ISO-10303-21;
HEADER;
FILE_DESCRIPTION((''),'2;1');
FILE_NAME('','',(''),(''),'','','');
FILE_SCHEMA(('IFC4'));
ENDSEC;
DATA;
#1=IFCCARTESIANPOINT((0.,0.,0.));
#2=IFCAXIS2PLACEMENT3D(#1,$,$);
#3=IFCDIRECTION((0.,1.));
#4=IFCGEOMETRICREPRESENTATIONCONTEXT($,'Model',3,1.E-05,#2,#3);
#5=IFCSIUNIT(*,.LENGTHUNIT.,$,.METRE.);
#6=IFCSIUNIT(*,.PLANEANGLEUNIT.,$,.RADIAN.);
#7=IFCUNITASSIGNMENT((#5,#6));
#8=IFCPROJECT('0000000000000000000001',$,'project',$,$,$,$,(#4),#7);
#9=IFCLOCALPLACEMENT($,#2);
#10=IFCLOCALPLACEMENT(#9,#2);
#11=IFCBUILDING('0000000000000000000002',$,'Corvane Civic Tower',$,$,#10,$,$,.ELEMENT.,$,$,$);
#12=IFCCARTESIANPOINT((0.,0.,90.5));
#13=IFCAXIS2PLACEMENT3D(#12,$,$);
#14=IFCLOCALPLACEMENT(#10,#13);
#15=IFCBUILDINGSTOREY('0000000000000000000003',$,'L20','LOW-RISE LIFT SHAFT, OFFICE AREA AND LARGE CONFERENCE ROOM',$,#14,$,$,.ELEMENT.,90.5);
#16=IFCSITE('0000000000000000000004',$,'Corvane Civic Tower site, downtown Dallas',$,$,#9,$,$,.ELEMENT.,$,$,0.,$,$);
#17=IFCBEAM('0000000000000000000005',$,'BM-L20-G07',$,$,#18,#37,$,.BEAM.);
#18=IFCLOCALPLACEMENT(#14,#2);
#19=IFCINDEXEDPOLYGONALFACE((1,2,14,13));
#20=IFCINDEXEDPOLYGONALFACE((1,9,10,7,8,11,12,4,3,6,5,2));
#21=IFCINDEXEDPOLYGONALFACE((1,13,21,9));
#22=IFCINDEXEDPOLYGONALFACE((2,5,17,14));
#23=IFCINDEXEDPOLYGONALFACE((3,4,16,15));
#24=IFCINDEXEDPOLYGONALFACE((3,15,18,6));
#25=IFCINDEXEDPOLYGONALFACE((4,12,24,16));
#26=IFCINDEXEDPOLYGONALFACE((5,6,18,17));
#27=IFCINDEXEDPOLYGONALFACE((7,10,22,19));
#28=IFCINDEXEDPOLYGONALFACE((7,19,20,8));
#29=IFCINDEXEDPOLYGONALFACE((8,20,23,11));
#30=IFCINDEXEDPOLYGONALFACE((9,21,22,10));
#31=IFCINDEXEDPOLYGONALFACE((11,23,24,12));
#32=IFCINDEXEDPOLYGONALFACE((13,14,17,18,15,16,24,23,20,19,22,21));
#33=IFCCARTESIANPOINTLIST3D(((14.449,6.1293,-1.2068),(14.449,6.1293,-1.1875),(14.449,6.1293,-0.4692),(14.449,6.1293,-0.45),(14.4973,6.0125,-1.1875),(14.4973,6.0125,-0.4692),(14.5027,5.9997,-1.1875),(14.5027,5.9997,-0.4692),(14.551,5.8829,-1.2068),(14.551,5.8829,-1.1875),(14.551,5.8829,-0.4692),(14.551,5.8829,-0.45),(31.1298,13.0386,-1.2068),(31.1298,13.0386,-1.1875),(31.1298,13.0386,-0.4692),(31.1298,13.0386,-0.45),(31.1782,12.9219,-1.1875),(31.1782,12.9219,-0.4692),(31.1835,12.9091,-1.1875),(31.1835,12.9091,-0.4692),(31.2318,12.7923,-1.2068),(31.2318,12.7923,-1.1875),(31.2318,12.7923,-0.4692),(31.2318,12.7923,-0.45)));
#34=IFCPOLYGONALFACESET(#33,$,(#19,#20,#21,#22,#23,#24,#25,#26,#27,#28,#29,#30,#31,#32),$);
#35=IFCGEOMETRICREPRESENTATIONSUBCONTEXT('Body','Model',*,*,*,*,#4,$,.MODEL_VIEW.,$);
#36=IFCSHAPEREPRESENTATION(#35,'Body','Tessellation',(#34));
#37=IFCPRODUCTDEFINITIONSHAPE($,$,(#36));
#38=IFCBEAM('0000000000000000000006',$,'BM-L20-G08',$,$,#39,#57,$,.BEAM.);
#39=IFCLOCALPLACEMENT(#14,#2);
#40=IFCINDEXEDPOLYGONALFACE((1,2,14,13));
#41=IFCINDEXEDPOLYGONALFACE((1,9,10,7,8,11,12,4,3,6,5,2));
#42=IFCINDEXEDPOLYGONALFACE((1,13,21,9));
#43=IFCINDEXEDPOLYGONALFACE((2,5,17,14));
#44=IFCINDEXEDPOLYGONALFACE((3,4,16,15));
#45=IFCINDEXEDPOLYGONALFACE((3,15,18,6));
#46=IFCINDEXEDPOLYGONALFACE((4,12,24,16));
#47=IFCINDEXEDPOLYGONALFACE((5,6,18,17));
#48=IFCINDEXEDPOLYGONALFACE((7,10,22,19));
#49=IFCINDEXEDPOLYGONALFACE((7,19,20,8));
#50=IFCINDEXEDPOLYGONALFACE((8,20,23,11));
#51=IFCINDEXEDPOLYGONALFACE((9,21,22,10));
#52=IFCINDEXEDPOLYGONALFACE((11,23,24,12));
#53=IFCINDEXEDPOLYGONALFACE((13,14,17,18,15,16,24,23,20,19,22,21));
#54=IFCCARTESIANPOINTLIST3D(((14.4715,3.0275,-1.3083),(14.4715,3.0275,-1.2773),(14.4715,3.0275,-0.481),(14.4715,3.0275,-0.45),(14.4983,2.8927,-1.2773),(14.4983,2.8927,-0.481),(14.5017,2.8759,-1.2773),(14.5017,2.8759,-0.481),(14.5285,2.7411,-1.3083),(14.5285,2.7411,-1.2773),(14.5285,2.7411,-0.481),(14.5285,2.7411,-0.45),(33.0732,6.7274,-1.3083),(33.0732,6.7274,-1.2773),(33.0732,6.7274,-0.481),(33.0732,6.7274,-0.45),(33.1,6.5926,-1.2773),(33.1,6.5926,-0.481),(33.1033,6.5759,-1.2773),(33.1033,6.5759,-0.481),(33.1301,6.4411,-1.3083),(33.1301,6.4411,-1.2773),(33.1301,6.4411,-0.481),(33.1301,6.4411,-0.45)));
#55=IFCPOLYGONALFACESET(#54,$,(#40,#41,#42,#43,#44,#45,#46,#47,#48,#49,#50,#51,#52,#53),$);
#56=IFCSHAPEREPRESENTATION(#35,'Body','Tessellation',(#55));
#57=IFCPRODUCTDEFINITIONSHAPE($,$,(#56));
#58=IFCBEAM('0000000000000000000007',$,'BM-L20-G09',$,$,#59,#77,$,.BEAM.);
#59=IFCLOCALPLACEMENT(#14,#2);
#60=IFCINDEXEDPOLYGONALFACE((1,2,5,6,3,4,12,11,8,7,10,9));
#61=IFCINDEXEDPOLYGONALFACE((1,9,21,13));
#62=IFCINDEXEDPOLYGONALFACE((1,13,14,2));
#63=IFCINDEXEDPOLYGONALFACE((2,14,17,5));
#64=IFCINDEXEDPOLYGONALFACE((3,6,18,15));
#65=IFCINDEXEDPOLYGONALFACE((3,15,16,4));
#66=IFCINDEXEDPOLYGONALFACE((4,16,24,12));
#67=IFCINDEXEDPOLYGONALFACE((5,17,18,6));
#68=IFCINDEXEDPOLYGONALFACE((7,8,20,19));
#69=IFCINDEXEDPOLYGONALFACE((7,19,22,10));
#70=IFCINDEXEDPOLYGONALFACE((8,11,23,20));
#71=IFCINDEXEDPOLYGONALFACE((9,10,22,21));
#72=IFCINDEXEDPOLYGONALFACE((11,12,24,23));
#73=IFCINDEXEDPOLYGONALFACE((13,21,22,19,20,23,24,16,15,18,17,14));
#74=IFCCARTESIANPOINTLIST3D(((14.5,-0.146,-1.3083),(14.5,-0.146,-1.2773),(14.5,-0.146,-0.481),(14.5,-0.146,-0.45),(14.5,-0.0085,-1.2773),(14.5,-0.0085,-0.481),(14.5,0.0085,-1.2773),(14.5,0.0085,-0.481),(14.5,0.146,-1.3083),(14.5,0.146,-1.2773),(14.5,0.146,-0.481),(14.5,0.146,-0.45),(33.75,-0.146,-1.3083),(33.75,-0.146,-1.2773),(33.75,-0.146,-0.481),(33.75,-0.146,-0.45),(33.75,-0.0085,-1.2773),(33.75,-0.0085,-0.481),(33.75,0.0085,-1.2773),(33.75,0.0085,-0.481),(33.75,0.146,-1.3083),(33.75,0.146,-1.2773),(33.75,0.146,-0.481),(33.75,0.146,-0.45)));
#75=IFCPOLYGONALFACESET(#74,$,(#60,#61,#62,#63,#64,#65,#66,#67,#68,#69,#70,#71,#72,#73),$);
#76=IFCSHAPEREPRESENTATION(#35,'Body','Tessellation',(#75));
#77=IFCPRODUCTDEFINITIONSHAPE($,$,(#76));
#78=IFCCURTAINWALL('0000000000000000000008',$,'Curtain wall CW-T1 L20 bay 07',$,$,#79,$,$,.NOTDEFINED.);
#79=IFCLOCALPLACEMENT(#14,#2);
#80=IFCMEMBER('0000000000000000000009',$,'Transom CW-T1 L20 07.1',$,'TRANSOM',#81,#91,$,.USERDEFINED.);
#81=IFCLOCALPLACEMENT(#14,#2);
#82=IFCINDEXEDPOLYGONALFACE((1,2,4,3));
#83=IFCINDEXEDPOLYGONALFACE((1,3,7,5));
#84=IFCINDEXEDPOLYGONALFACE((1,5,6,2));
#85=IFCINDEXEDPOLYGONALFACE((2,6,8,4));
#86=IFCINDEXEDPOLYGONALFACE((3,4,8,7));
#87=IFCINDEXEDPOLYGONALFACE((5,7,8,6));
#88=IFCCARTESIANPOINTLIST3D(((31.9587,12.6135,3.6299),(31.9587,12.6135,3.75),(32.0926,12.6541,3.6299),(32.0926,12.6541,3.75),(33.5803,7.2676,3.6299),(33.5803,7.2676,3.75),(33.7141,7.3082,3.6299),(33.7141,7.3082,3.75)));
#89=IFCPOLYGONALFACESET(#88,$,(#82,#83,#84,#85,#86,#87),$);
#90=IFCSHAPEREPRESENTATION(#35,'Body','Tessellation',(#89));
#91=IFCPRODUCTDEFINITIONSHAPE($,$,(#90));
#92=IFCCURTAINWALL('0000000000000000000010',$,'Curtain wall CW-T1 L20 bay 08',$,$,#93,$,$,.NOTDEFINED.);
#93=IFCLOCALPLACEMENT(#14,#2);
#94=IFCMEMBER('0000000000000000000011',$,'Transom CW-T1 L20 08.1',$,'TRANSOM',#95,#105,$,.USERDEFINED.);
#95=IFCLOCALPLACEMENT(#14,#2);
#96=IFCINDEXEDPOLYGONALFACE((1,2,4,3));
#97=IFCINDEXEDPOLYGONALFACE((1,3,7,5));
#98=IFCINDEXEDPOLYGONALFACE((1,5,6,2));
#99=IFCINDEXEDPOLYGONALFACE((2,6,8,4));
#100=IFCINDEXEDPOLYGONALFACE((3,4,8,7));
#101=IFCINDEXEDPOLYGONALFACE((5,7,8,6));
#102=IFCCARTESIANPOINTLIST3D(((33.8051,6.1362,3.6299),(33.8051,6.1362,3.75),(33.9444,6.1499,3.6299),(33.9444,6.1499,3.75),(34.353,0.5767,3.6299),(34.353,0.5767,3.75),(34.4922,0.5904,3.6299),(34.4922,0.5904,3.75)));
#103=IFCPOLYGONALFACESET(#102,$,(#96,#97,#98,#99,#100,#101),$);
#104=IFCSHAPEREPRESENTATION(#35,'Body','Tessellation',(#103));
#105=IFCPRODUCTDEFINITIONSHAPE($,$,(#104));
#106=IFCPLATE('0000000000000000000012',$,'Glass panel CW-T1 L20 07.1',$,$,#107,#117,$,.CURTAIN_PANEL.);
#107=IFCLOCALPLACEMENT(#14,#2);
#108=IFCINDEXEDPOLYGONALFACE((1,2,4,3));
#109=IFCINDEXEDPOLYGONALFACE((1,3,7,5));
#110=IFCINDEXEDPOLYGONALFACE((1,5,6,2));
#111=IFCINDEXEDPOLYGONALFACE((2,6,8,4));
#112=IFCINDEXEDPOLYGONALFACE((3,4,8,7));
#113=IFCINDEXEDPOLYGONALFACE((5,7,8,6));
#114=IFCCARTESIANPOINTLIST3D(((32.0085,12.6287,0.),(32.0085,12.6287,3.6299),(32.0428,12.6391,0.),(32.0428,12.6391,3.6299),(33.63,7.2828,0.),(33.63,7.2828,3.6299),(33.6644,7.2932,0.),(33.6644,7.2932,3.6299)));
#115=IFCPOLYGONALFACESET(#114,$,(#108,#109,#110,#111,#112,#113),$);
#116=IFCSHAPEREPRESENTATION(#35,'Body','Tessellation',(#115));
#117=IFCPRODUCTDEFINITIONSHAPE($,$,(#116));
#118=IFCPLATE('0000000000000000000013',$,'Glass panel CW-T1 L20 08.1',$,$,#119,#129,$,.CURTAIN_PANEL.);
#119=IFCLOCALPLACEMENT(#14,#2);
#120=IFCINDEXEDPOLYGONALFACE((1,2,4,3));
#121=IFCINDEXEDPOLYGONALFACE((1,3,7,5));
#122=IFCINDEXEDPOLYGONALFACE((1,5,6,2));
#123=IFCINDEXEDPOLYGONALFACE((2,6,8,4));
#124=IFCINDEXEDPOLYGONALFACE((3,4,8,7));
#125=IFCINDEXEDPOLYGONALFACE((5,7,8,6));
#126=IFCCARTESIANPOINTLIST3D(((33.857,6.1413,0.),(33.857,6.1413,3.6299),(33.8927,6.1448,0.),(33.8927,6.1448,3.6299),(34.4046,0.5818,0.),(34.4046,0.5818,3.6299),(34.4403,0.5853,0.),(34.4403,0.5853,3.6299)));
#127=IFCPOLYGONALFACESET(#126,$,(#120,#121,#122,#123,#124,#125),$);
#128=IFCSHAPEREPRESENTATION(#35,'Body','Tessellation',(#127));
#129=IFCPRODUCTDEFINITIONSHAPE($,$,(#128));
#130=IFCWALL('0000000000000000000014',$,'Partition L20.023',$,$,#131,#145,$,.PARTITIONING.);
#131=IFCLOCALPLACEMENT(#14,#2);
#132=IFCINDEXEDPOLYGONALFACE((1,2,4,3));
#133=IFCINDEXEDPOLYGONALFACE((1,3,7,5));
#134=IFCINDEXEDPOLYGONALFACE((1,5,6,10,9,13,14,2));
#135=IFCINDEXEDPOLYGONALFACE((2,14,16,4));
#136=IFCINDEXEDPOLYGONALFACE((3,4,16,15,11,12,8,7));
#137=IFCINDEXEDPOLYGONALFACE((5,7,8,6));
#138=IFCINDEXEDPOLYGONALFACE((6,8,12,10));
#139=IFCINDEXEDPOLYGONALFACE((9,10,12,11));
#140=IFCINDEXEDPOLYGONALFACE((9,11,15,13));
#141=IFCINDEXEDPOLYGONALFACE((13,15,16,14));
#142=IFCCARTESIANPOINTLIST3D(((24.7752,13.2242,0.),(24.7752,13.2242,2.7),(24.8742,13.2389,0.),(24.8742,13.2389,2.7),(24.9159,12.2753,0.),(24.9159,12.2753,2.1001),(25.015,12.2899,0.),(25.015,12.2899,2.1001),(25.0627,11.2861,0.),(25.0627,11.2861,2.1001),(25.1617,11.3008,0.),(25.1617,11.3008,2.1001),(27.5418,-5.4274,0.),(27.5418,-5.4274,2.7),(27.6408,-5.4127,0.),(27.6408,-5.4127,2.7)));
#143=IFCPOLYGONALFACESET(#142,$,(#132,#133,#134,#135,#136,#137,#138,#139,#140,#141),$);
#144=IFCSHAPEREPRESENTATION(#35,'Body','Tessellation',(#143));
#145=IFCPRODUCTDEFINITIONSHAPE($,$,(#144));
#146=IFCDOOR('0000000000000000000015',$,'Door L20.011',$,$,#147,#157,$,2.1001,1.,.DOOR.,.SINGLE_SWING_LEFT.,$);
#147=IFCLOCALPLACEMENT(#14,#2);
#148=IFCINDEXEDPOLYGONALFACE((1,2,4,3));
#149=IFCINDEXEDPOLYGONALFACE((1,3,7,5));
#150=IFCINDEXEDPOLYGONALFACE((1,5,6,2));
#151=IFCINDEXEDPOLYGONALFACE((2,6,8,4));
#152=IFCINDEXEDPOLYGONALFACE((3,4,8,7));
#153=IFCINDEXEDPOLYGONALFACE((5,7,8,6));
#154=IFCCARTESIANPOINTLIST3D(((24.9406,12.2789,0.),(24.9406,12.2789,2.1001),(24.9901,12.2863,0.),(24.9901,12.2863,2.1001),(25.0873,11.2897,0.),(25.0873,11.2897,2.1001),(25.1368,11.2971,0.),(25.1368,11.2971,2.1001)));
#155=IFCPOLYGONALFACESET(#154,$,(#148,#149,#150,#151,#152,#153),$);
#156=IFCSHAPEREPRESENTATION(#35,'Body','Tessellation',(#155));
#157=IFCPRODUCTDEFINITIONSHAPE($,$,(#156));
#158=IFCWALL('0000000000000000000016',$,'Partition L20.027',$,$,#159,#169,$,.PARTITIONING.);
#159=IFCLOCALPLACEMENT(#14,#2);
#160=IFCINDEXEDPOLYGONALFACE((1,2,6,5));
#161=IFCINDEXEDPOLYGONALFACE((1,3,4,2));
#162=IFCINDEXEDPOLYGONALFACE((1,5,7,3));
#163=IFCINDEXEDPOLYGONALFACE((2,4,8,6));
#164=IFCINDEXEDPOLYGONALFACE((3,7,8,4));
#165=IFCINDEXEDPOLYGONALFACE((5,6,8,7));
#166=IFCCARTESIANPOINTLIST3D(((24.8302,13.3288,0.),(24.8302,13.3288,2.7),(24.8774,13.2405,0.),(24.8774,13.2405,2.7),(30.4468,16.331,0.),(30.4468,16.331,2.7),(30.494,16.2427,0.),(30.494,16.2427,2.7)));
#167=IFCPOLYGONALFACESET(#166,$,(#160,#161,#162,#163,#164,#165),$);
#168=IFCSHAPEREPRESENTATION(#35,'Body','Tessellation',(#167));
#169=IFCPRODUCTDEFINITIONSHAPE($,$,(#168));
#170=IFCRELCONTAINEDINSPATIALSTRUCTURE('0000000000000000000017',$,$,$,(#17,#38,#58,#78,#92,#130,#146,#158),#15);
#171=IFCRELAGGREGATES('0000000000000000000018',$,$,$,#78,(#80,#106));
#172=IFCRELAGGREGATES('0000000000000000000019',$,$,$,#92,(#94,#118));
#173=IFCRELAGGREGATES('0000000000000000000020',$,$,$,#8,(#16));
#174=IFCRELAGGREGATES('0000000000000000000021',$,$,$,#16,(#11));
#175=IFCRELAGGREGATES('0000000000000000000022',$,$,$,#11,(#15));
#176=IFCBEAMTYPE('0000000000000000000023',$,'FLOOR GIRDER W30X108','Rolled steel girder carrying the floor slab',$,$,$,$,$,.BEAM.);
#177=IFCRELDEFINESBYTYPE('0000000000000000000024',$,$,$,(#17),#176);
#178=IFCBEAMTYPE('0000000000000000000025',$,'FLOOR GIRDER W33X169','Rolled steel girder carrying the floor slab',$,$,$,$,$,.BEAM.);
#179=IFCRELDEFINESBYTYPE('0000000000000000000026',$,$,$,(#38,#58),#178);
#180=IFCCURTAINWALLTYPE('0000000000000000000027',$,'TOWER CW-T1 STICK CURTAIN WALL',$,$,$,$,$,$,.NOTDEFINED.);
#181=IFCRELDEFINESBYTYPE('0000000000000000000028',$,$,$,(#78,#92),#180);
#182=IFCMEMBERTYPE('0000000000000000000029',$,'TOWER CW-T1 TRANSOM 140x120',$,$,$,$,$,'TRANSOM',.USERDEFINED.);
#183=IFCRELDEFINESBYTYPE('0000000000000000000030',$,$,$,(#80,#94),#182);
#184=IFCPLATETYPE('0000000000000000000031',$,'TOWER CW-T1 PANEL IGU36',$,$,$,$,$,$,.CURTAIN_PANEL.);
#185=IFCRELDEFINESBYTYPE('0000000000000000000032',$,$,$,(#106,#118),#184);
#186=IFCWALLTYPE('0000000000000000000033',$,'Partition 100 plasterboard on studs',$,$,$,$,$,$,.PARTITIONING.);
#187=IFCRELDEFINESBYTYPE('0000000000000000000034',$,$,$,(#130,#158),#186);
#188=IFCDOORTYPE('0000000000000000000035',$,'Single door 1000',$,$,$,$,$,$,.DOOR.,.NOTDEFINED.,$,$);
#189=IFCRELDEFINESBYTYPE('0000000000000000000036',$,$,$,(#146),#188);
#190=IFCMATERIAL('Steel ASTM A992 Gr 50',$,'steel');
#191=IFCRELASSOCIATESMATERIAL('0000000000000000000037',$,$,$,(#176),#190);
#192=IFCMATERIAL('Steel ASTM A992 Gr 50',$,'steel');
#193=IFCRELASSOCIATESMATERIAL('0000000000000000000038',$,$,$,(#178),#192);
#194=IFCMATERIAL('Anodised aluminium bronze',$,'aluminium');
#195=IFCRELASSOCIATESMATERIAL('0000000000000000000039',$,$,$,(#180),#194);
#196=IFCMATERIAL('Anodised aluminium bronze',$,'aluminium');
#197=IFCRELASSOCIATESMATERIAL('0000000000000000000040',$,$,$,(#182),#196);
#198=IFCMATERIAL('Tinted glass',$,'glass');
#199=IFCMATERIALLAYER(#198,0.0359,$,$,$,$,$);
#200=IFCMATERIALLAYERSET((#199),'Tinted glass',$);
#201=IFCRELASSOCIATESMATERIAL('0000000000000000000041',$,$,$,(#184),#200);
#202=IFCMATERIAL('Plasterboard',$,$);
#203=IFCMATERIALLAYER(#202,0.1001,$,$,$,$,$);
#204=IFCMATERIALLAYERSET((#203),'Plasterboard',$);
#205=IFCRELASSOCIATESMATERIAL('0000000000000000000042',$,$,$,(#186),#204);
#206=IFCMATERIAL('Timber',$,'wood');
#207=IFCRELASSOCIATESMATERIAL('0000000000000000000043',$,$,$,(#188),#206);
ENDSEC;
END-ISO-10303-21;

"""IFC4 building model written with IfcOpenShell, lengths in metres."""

from ifc_helpers import new_model, si_unit, direction, frame, frame_2d, origin, origin_2d, place, context, subcontext, project, spatial, rectangle, i_section, extrude, material, layer, layer_set, material_profile, profile_set, type_object, element, fill, aggregate, save


model = new_model("IFC4")

# Units and contexts
model_context = context("Model", 3, precision=1e-05, world=origin(), true_north=direction((0.0, 1.0)))
body_context = subcontext(model_context, "Body", "Model", "MODEL_VIEW")
ifc_project = project(units=[si_unit("LENGTHUNIT", "METRE"), si_unit("PLANEANGLEUNIT", "RADIAN")], contexts=[model_context])

# Site, building, storey
site_placement = place(None, origin())
site = spatial("IfcSite", under=ifc_project, at=site_placement, Name="Corvane Civic Tower site, downtown Dallas", CompositionType="ELEMENT", RefElevation=0.0)
building_placement = place(site_placement, origin())
building = spatial("IfcBuilding", under=site, at=building_placement, Name="Corvane Civic Tower", CompositionType="ELEMENT")
storey_placement = place(building_placement, frame((0.0, 0.0, 90.5)))
storey = spatial("IfcBuildingStorey", under=building, at=storey_placement, Name="L20", Description="LOW-RISE LIFT SHAFT, OFFICE AREA AND LARGE CONFERENCE ROOM", CompositionType="ELEMENT", Elevation=90.5)

# Beams
ifc_material_1 = material(Name="Steel ASTM A992 Gr 50", Category="steel")
ifc_material_profile_1 = material_profile(ifc_material_1, i_section(OverallWidth=0.2666, OverallDepth=0.7568, WebThickness=0.0139, FlangeThickness=0.0193, at=origin_2d()), Name="W30X108")
ifc_profile_set_1 = profile_set([ifc_material_profile_1], Name="Steel ASTM A992 Gr 50")
beam_type_1 = type_object("IfcBeamType", Name="FLOOR GIRDER W30X108", Description="Rolled steel girder carrying the floor slab", PredefinedType="BEAM", material=ifc_profile_set_1)
beam_1_placement = place(storey_placement, frame((14.5, 6.0061, -0.8284), z_axis=(0.92388, 0.382682, 0.0), x_axis=(-0.382682, 0.92388, 0.0)))
element("IfcBeam", 1, at=beam_1_placement, inside=storey, type_object=beam_type_1, Name="BM-L20-G07", PredefinedType="BEAM", context=body_context, shape_type="SweptSolid", body=[
    extrude(i_section(OverallWidth=0.2666, OverallDepth=0.7568, WebThickness=0.0139, FlangeThickness=0.0193, at=origin_2d()), origin(), (0.0, 0.0, 1.0), 18.0552),
])
ifc_material_2 = material(Name="Steel ASTM A992 Gr 50", Category="steel")
ifc_material_profile_2 = material_profile(ifc_material_2, i_section(OverallWidth=0.292, OverallDepth=0.8584, WebThickness=0.0171, FlangeThickness=0.031, at=origin_2d()), Name="W33X169")
ifc_profile_set_2 = profile_set([ifc_material_profile_2], Name="Steel ASTM A992 Gr 50")
beam_type_2 = type_object("IfcBeamType", Name="FLOOR GIRDER W33X169", Description="Rolled steel girder carrying the floor slab", PredefinedType="BEAM", material=ifc_profile_set_2)
beam_2_placement = place(storey_placement, frame((14.5, 2.8843, -0.8792), z_axis=(0.980787, 0.195084, 0.0), x_axis=(-0.195084, 0.980787, 0.0)))
element("IfcBeam", 2, at=beam_2_placement, inside=storey, type_object=beam_type_2, Name="BM-L20-G08", PredefinedType="BEAM", context=body_context, shape_type="SweptSolid", body=[
    extrude(i_section(OverallWidth=0.292, OverallDepth=0.8584, WebThickness=0.0171, FlangeThickness=0.031, at=origin_2d()), origin(), (0.0, 0.0, 1.0), 18.9661),
])
beam_3_placement = place(storey_placement, frame((14.5, 0.0, -0.8792), z_axis=(1.0, 0.0, 0.0), x_axis=(0.0, 1.0, 0.0)))
element("IfcBeam", 3, at=beam_3_placement, inside=storey, type_object=beam_type_2, Name="BM-L20-G09", PredefinedType="BEAM", context=body_context, shape_type="SweptSolid", body=[
    extrude(i_section(OverallWidth=0.292, OverallDepth=0.8584, WebThickness=0.0171, FlangeThickness=0.031, at=origin_2d()), origin(), (0.0, 0.0, 1.0), 19.25),
])

# Curtain walls, members
ifc_material_3 = material(Name="Anodised aluminium bronze", Category="aluminium")
curtain_wall_type = type_object("IfcCurtainWallType", Name="TOWER CW-T1 STICK CURTAIN WALL", PredefinedType="NOTDEFINED", material=ifc_material_3)
curtain_wall_1_placement = place(storey_placement, origin())
curtain_wall_1 = element("IfcCurtainWall", 4, at=curtain_wall_1_placement, inside=storey, type_object=curtain_wall_type, Name="Curtain wall CW-T1 L20 bay 07", PredefinedType="NOTDEFINED")
ifc_material_4 = material(Name="Anodised aluminium bronze", Category="aluminium")
ifc_material_profile_3 = material_profile(ifc_material_4, rectangle(XDim=0.1399, YDim=0.1201, at=origin_2d()), Name="TOWER CW-T1 TRANSOM 140x120")
ifc_profile_set_3 = profile_set([ifc_material_profile_3], Name="Anodised aluminium bronze")
member_type = type_object("IfcMemberType", Name="TOWER CW-T1 TRANSOM 140x120", ElementType="TRANSOM", PredefinedType="USERDEFINED", material=ifc_profile_set_3)
member_1_placement = place(storey_placement, frame((32.0256, 12.6338, 3.6899), z_axis=(0.290269, -0.956945, 0.0), x_axis=(0.956945, 0.290269, 0.0)))
member_1 = element("IfcMember", 5, at=member_1_placement, type_object=member_type, Name="Transom CW-T1 L20 07.1", ObjectType="TRANSOM", PredefinedType="USERDEFINED", context=body_context, shape_type="SweptSolid", body=[
    extrude(rectangle(XDim=0.1399, YDim=0.1201, at=origin_2d()), origin(), (0.0, 0.0, 1.0), 5.5864),
])
curtain_wall_2_placement = place(storey_placement, origin())
curtain_wall_2 = element("IfcCurtainWall", 6, at=curtain_wall_2_placement, inside=storey, type_object=curtain_wall_type, Name="Curtain wall CW-T1 L20 bay 08", PredefinedType="NOTDEFINED")
member_2_placement = place(storey_placement, frame((33.8748, 6.1431, 3.6899), z_axis=(0.098067, -0.99518, 0.0), x_axis=(0.99518, 0.098067, 0.0)))
member_2 = element("IfcMember", 7, at=member_2_placement, type_object=member_type, Name="Transom CW-T1 L20 08.1", ObjectType="TRANSOM", PredefinedType="USERDEFINED", context=body_context, shape_type="SweptSolid", body=[
    extrude(rectangle(XDim=0.1399, YDim=0.1201, at=origin_2d()), origin(), (0.0, 0.0, 1.0), 5.5864),
])

# Plates
ifc_material_5 = material(Name="Tinted glass", Category="glass")
ifc_layer_1 = layer(ifc_material_5, 0.0359)
ifc_layer_set_1 = layer_set([ifc_layer_1], Name="Tinted glass")
plate_type = type_object("IfcPlateType", Name="TOWER CW-T1 PANEL IGU36", PredefinedType="CURTAIN_PANEL", material=ifc_layer_set_1)
plate_1_placement = place(storey_placement, frame((32.8364, 9.9609, 0.0), z_axis=(0.0, 0.0, 1.0), x_axis=(0.290266, -0.956946, 0.0)))
plate_1 = element("IfcPlate", 8, at=plate_1_placement, type_object=plate_type, Name="Glass panel CW-T1 L20 07.1", PredefinedType="CURTAIN_PANEL", context=body_context, shape_type="SweptSolid", body=[
    extrude(rectangle(XDim=5.5864, YDim=0.0359, at=origin_2d()), origin(), (0.0, 0.0, 1.0), 3.6299),
])
aggregate(curtain_wall_1, [member_1, plate_1])
plate_2_placement = place(storey_placement, frame((34.1487, 3.3633, 0.0), z_axis=(0.0, 0.0, 1.0), x_axis=(0.098027, -0.995184, 0.0)))
plate_2 = element("IfcPlate", 9, at=plate_2_placement, type_object=plate_type, Name="Glass panel CW-T1 L20 08.1", PredefinedType="CURTAIN_PANEL", context=body_context, shape_type="SweptSolid", body=[
    extrude(rectangle(XDim=5.5864, YDim=0.0359, at=origin_2d()), origin(), (0.0, 0.0, 1.0), 3.6299),
])
aggregate(curtain_wall_2, [member_2, plate_2])

# Wall, opening, door
ifc_material_6 = material(Name="Plasterboard")
ifc_layer_2 = layer(ifc_material_6, 0.1001)
ifc_layer_set_2 = layer_set([ifc_layer_2], Name="Plasterboard")
wall_type = type_object("IfcWallType", Name="Partition 100 plasterboard on studs", PredefinedType="PARTITIONING", material=ifc_layer_set_2)
wall_1_placement = place(storey_placement, frame((24.8247, 13.2314, 0.0), z_axis=(0.0, 0.0, 1.0), x_axis=(0.146725, -0.989177, 0.0)))
wall_1 = element("IfcWall", 10, at=wall_1_placement, inside=storey, type_object=wall_type, Name="Partition L20.023", PredefinedType="PARTITIONING", context=body_context, shape_type="SweptSolid", body=[
    extrude(rectangle(XDim=18.8557, YDim=0.1001, at=frame_2d((9.4277, 0.0))), origin(), (0.0, 0.0, 1.0), 2.7),
])
opening_placement = place(wall_1_placement, frame((0.9592, 0.0, 0.0)))
opening = element("IfcOpeningElement", 11, at=opening_placement, cuts=wall_1, PredefinedType="OPENING", context=body_context, shape_type="SweptSolid", body=[
    extrude(rectangle(XDim=1.0, YDim=2.1001, at=frame_2d((0.5, 1.05))), frame((0.0, 0.0601, 0.0), z_axis=(0.0, -1.0, 0.0), x_axis=(1.0, 0.0, 0.0)), (0.0, 0.0, 1.0), 0.1201),
])
ifc_material_7 = material(Name="Timber", Category="wood")
door_type = type_object("IfcDoorType", Name="Single door 1000", OperationType="NOTDEFINED", PredefinedType="DOOR", material=ifc_material_7)
door_placement = place(opening_placement, origin())
door = element("IfcDoor", 12, at=door_placement, inside=storey, type_object=door_type, Name="Door L20.011", OperationType="SINGLE_SWING_LEFT", OverallHeight=2.1001, OverallWidth=1.0, PredefinedType="DOOR", context=body_context, shape_type="SweptSolid", body=[
    extrude(rectangle(XDim=1.0, YDim=2.1001, at=frame_2d((0.5, 1.05))), frame((0.0, 0.0249, 0.0), z_axis=(0.0, -1.0, 0.0), x_axis=(1.0, 0.0, 0.0)), (0.0, 0.0, 1.0), 0.05),
])
fill(opening, door)

# Wall
wall_2_placement = place(storey_placement, frame((24.8538, 13.2847, 0.0), z_axis=(0.0, 0.0, 1.0), x_axis=(0.881921, 0.471398, 0.0)))
element("IfcWall", 13, at=wall_2_placement, inside=storey, type_object=wall_type, Name="Partition L20.027", PredefinedType="PARTITIONING", context=body_context, shape_type="SweptSolid", body=[
    extrude(rectangle(XDim=6.3687, YDim=0.1001, at=frame_2d((3.1843, 0.0))), origin(), (0.0, 0.0, 1.0), 2.7),
])

save(model, "model.ifc")
